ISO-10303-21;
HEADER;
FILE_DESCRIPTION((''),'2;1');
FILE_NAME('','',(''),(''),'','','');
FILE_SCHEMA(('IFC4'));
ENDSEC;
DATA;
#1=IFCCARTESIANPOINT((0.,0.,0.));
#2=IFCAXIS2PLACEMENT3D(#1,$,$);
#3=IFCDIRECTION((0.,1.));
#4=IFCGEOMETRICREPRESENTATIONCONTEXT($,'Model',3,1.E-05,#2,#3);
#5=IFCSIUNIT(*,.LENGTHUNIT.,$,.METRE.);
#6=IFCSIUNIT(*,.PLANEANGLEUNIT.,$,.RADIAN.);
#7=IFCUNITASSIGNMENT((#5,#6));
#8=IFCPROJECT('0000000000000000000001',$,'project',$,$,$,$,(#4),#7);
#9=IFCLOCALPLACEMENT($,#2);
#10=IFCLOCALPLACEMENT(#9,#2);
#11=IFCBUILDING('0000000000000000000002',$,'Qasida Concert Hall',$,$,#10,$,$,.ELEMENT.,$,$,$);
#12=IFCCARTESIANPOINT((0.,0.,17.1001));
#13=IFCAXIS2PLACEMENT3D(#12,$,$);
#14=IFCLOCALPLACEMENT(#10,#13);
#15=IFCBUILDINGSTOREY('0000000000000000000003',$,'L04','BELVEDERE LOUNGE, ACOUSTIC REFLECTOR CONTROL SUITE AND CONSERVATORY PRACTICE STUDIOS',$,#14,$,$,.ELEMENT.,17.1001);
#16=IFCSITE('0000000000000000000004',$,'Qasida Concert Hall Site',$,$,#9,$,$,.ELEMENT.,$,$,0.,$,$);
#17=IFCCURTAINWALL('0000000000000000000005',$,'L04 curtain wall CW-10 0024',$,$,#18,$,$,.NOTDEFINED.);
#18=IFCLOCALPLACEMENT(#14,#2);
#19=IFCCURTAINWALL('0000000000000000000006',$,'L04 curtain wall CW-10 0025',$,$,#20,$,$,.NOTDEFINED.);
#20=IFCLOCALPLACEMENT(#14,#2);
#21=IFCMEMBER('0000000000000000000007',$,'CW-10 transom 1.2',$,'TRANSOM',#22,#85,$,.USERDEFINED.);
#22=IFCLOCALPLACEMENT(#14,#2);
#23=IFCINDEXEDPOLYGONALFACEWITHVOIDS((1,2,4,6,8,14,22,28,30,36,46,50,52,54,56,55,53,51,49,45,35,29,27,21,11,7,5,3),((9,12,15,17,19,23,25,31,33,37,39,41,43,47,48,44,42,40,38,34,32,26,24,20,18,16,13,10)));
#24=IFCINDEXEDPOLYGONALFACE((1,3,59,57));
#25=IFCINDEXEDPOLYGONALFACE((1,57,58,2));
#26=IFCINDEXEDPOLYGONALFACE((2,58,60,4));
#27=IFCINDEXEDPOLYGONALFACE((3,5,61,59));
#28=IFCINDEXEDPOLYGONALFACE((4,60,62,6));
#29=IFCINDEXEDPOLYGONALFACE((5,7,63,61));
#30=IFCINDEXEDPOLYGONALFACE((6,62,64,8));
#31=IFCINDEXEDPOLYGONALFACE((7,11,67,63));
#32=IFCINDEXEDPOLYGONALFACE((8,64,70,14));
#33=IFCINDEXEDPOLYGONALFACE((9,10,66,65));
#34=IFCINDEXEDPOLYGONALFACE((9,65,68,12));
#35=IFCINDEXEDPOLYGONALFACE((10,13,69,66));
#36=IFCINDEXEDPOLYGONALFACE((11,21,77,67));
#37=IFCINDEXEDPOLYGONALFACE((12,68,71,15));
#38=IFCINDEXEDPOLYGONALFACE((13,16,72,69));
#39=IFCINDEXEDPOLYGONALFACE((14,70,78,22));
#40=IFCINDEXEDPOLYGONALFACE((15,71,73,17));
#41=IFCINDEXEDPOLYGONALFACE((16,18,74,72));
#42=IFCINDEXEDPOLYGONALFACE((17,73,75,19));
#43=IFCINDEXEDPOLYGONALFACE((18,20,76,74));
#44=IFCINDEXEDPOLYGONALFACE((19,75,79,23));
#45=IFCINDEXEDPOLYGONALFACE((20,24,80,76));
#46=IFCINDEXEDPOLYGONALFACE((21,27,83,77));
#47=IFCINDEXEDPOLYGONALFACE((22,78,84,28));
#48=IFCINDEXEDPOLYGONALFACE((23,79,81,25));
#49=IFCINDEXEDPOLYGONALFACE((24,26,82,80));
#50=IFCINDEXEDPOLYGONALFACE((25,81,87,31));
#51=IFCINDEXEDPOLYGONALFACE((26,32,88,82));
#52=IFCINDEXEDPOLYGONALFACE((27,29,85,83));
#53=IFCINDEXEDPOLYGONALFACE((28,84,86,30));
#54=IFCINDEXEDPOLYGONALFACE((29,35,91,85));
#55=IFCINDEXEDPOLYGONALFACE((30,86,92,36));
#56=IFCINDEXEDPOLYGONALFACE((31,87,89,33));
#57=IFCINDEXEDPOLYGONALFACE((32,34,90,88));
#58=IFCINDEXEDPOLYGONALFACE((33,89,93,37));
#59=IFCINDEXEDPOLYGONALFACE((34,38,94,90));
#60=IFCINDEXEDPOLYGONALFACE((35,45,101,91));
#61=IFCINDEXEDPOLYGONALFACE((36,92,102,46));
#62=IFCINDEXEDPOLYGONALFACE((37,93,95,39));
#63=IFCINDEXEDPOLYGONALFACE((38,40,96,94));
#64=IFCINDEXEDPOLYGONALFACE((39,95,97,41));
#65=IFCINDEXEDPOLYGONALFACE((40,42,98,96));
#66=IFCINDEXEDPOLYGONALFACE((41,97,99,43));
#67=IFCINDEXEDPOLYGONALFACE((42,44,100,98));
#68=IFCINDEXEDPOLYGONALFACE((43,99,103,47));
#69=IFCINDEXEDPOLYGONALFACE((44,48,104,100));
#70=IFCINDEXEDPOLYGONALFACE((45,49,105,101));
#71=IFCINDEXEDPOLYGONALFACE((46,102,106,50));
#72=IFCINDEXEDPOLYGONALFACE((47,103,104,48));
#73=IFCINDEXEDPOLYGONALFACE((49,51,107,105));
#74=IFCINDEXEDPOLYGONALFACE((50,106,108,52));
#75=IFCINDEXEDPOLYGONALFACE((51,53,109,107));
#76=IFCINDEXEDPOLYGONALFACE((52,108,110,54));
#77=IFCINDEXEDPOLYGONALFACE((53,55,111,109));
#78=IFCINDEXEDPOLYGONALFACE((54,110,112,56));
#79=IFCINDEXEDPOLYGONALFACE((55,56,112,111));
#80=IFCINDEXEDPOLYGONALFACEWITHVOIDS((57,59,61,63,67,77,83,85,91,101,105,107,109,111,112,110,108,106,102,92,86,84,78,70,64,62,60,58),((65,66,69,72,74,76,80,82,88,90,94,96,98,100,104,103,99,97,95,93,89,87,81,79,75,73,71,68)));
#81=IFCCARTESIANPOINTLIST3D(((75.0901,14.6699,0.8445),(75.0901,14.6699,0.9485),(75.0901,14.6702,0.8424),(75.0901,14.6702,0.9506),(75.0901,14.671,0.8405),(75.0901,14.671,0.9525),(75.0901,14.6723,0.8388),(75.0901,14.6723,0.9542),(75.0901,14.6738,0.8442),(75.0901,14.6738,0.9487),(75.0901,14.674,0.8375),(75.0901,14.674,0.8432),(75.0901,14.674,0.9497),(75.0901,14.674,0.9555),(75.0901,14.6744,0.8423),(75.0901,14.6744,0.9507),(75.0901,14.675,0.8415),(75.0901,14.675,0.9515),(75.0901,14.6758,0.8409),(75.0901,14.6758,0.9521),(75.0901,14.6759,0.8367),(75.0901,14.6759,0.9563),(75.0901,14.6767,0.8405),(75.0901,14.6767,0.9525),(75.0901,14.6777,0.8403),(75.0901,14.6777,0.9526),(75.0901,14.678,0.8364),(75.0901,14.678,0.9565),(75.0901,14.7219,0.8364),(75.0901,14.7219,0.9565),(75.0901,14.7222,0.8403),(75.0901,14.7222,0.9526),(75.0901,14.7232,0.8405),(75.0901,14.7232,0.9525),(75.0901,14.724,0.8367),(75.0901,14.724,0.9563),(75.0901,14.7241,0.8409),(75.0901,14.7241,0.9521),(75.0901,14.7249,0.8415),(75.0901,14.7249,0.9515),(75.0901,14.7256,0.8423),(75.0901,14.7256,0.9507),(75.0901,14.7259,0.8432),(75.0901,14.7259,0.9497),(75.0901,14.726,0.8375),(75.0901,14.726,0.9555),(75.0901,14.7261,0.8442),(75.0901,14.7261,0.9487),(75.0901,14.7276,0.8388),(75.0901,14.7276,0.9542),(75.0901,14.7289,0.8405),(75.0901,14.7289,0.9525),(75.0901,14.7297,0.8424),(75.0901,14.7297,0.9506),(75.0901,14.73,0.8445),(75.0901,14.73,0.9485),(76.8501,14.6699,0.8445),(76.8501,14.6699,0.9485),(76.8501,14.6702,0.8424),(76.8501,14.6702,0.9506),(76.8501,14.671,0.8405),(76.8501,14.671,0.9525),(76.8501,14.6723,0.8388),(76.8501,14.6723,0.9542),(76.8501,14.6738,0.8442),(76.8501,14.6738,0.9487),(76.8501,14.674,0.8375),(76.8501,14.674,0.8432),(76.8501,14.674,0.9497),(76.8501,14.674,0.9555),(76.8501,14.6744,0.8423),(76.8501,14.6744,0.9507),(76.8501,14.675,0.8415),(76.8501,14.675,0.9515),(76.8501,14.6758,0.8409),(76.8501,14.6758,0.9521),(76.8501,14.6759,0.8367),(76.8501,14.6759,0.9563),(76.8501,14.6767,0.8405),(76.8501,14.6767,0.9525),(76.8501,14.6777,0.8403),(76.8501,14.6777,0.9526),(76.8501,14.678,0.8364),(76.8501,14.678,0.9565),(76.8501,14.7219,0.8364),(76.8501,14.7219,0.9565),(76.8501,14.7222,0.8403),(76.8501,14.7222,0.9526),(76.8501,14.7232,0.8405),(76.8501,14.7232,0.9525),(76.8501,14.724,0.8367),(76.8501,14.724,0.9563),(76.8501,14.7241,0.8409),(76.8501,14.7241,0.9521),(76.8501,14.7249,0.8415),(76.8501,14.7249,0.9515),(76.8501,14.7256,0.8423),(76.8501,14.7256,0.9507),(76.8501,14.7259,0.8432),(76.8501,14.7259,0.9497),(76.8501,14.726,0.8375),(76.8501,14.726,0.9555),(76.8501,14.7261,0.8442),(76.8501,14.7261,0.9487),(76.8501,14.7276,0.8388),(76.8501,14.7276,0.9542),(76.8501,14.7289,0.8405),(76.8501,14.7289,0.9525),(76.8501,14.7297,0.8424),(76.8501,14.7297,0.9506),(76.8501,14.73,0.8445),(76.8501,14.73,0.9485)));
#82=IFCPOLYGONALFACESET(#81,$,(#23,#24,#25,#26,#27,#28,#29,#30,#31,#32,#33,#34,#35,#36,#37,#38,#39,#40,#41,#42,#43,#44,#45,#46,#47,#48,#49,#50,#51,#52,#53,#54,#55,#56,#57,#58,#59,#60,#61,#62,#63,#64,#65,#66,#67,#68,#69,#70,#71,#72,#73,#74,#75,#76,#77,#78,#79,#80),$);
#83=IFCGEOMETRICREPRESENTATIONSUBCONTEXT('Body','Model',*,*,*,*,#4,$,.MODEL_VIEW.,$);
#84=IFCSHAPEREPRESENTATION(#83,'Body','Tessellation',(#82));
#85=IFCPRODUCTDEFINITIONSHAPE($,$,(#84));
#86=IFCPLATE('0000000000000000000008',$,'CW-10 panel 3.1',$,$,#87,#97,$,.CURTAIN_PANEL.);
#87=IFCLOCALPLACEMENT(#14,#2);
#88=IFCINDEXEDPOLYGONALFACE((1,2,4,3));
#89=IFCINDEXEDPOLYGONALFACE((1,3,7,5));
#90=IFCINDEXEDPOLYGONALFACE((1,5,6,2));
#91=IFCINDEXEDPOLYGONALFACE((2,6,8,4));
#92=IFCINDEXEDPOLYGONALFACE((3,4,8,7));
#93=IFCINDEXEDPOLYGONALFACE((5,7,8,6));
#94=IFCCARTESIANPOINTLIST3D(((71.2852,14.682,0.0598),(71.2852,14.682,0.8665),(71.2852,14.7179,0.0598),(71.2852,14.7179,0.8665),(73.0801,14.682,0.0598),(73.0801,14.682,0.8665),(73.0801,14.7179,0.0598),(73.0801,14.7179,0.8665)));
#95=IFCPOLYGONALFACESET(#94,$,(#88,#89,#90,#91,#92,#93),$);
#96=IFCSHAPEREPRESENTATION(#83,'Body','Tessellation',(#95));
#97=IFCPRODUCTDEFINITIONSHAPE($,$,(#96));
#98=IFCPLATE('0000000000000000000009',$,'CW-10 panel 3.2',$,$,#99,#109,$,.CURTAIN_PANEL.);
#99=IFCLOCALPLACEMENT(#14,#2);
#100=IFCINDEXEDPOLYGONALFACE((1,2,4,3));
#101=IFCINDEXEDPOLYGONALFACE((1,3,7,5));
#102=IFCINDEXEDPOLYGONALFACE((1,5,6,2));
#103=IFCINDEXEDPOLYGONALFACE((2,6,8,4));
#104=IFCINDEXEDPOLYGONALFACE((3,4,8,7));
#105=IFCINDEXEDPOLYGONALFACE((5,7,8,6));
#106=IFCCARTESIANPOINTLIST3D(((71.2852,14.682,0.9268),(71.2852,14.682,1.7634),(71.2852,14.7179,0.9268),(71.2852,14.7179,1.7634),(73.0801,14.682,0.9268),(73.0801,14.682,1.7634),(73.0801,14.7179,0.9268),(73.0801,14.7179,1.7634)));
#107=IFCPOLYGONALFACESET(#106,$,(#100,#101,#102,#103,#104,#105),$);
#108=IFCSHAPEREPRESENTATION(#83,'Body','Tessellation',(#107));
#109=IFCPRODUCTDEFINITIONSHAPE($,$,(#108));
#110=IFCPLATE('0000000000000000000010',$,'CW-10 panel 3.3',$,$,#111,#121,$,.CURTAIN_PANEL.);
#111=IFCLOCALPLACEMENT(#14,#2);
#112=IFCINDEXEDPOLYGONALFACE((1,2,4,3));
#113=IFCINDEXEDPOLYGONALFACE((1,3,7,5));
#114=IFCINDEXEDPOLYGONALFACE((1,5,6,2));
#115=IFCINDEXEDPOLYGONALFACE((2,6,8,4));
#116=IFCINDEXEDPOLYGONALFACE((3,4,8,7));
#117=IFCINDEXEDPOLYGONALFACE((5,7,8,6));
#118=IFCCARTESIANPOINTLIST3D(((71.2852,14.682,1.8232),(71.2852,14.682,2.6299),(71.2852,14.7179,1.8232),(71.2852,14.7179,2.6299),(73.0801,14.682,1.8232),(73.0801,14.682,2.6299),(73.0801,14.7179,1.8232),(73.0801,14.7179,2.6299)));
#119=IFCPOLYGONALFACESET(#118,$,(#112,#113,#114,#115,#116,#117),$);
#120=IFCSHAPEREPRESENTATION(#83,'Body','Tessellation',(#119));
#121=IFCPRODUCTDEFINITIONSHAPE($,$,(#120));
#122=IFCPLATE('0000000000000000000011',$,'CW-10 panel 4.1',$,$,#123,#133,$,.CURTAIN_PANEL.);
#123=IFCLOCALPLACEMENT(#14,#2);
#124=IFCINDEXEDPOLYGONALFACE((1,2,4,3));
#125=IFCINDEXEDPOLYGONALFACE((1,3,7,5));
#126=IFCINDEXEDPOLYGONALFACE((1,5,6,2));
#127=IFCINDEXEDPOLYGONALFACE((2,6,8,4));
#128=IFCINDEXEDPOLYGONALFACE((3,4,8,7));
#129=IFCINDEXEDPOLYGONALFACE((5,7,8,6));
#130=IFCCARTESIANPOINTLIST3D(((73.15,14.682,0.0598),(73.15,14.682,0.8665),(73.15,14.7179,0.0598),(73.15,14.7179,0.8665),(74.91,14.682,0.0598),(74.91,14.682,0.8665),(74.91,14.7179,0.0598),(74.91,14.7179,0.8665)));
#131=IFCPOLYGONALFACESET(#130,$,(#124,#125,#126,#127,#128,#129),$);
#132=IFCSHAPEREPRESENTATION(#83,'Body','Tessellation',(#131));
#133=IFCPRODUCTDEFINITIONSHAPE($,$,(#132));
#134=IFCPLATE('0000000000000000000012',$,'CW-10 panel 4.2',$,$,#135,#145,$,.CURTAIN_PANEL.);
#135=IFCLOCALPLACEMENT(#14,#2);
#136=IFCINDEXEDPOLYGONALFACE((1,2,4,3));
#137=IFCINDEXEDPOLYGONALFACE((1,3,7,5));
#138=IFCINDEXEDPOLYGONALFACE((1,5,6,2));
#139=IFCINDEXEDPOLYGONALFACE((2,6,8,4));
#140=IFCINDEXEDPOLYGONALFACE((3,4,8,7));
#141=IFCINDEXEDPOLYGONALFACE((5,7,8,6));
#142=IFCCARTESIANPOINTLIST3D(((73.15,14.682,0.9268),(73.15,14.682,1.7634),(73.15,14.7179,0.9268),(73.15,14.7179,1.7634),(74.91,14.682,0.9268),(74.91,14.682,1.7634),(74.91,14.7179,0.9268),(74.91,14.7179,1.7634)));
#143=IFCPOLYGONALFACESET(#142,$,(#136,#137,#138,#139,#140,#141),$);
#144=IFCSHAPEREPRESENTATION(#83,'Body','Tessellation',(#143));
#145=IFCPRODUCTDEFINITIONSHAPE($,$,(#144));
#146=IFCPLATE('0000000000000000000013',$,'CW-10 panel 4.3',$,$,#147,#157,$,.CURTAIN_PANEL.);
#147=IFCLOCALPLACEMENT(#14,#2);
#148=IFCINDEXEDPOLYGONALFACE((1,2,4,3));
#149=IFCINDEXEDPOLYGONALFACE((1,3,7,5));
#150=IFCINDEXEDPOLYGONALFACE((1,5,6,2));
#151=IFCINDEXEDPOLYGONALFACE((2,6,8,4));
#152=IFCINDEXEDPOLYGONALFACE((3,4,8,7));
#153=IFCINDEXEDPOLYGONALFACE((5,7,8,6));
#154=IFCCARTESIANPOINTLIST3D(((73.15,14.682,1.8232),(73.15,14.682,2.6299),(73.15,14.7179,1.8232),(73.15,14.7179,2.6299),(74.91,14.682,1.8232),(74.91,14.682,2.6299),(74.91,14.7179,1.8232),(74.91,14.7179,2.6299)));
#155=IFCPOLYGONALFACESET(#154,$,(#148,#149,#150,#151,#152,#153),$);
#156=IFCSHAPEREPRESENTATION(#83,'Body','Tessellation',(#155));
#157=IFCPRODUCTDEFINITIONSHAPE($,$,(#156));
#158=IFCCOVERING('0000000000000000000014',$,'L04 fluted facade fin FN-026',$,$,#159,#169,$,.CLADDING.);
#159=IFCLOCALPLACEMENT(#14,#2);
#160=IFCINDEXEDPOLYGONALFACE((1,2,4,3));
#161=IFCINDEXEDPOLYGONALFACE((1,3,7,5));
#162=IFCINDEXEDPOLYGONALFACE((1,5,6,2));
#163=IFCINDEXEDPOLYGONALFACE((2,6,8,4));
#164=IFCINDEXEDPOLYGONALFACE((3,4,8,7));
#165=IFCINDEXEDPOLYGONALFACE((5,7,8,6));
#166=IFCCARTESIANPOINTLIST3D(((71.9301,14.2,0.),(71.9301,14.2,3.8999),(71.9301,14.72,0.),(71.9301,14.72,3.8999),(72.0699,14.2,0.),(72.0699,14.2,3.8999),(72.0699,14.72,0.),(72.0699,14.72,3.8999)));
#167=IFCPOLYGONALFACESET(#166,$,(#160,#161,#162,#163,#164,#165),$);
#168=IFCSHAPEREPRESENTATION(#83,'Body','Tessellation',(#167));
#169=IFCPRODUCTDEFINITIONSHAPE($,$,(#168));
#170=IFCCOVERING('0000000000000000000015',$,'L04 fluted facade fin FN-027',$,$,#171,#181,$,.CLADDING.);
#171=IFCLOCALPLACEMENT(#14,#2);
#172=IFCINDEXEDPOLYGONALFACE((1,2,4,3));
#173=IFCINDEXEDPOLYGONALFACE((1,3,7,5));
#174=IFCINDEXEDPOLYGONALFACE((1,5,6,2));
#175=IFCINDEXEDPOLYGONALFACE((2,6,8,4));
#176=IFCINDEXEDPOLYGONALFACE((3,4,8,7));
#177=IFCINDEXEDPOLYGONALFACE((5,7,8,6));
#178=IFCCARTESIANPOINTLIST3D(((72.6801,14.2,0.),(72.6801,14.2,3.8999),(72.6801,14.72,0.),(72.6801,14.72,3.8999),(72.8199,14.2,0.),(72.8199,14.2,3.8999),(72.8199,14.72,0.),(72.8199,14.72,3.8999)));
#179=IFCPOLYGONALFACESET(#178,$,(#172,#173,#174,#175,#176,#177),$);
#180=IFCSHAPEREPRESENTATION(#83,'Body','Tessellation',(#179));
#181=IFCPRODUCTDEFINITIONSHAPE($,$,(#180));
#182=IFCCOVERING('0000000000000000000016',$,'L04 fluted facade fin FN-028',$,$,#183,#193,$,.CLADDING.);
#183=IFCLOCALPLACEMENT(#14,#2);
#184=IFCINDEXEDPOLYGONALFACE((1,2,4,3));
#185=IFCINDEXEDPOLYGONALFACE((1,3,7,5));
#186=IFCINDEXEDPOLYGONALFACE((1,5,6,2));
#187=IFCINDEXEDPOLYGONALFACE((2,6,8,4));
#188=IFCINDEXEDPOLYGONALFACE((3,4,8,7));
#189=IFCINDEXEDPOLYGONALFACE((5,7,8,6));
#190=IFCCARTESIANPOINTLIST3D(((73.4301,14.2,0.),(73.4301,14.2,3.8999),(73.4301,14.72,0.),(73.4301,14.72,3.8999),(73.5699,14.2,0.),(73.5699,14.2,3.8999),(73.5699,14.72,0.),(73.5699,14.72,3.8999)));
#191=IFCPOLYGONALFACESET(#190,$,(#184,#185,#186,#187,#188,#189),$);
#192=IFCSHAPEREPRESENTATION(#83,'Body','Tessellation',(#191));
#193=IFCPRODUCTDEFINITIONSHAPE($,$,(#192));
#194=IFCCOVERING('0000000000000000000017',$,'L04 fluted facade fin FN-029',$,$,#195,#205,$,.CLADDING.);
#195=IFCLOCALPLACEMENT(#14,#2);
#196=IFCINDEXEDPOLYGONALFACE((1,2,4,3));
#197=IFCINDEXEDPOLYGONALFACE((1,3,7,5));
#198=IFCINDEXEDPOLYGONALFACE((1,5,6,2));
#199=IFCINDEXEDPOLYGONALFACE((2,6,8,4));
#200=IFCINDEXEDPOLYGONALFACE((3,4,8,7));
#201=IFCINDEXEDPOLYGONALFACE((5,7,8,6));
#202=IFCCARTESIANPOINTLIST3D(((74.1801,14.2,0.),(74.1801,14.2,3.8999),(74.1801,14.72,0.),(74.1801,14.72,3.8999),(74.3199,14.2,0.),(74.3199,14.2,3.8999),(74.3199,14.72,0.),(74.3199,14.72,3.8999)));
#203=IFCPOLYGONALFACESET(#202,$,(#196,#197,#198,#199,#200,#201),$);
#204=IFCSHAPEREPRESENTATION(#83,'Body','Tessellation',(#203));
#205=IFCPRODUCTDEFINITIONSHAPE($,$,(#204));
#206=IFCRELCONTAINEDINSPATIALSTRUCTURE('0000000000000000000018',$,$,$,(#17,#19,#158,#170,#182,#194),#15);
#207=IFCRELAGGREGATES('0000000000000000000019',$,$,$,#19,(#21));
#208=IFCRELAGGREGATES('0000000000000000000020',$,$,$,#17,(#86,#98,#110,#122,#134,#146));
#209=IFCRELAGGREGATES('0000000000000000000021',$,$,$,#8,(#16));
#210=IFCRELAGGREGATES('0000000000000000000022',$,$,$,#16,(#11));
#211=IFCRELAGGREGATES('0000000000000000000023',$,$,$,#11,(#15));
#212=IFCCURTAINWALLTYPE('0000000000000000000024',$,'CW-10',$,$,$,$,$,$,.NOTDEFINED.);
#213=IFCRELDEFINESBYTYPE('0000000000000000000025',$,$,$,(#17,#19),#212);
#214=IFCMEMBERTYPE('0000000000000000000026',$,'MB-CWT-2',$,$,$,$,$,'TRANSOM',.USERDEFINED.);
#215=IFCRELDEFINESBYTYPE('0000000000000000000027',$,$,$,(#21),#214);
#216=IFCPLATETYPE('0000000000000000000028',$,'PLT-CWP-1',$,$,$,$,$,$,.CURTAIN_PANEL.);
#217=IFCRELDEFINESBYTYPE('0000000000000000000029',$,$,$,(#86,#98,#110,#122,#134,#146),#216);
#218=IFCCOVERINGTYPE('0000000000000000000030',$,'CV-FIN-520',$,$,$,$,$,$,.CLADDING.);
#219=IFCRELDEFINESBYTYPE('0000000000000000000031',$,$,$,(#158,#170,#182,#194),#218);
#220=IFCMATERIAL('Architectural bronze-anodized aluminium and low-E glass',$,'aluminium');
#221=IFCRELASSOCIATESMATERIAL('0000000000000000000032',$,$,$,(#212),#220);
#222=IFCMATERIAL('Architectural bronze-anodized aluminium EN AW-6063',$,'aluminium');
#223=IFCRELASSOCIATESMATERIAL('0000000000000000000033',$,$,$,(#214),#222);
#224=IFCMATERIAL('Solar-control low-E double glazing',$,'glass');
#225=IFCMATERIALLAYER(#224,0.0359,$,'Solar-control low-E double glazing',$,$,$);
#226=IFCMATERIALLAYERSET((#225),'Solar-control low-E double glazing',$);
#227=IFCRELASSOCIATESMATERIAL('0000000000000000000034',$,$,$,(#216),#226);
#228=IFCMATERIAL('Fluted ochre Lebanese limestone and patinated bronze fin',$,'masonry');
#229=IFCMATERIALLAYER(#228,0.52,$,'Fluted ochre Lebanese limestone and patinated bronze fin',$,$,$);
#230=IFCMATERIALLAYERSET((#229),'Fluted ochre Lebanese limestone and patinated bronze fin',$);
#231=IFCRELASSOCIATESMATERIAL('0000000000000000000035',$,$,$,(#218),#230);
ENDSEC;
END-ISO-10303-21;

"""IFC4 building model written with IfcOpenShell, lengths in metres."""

from ifc_helpers import new_model, si_unit, direction, frame, origin, origin_2d, place, context, subcontext, project, spatial, rectangle, hollow_rectangle, extrude, material, layer, layer_set, material_profile, profile_set, type_object, element, aggregate, save


model = new_model("IFC4")

# Units and contexts
model_context = context("Model", 3, precision=1e-05, world=origin(), true_north=direction((0.0, 1.0)))
body_context = subcontext(model_context, "Body", "Model", "MODEL_VIEW")
ifc_project = project(units=[si_unit("LENGTHUNIT", "METRE"), si_unit("PLANEANGLEUNIT", "RADIAN")], contexts=[model_context])

# Site, building, storey
site_placement = place(None, origin())
site = spatial("IfcSite", under=ifc_project, at=site_placement, Name="Qasida Concert Hall Site", CompositionType="ELEMENT", RefElevation=0.0)
building_placement = place(site_placement, origin())
building = spatial("IfcBuilding", under=site, at=building_placement, Name="Qasida Concert Hall", CompositionType="ELEMENT")
storey_placement = place(building_placement, frame((0.0, 0.0, 17.1001)))
storey = spatial("IfcBuildingStorey", under=building, at=storey_placement, Name="L04", Description="BELVEDERE LOUNGE, ACOUSTIC REFLECTOR CONTROL SUITE AND CONSERVATORY PRACTICE STUDIOS", CompositionType="ELEMENT", Elevation=17.1001)

# Curtain wall
ifc_material_1 = material(Name="Architectural bronze-anodized aluminium and low-E glass", Category="aluminium")
curtain_wall_type = type_object("IfcCurtainWallType", Name="CW-10", PredefinedType="NOTDEFINED", material=ifc_material_1)
curtain_wall_1_placement = place(storey_placement, origin())
curtain_wall_1 = element("IfcCurtainWall", 1, at=curtain_wall_1_placement, inside=storey, type_object=curtain_wall_type, Name="L04 curtain wall CW-10 0024", PredefinedType="NOTDEFINED")
ifc_material_2 = material(Name="Architectural bronze-anodized aluminium EN AW-6063", Category="aluminium")

# Curtain wall
curtain_wall_2_placement = place(storey_placement, origin())
curtain_wall_2 = element("IfcCurtainWall", 2, at=curtain_wall_2_placement, inside=storey, type_object=curtain_wall_type, Name="L04 curtain wall CW-10 0025", PredefinedType="NOTDEFINED")

# Member
ifc_material_profile_1 = material_profile(ifc_material_2, hollow_rectangle(XDim=0.0601, YDim=0.1201, WallThickness=0.0039, InnerFilletRadius=0.0039, OuterFilletRadius=0.0081, at=origin_2d()), Name="CWT 120x60x4")
ifc_profile_set_1 = profile_set([ifc_material_profile_1], Name="Architectural bronze-anodized aluminium EN AW-6063")
member_type_1 = type_object("IfcMemberType", Name="MB-CWT-2", ElementType="TRANSOM", PredefinedType="USERDEFINED", material=ifc_profile_set_1)
member_1_placement = place(storey_placement, frame((75.0901, 14.7, 0.8965), z_axis=(1.0, 0.0, 0.0), x_axis=(0.0, 1.0, 0.0)))
member_1 = element("IfcMember", 3, at=member_1_placement, type_object=member_type_1, Name="CW-10 transom 1.2", ObjectType="TRANSOM", PredefinedType="USERDEFINED", context=body_context, shape_type="SweptSolid", body=[
    extrude(hollow_rectangle(XDim=0.0601, YDim=0.1201, WallThickness=0.0039, InnerFilletRadius=0.0039, OuterFilletRadius=0.0081, at=origin_2d()), origin(), (0.0, 0.0, 1.0), 1.76),
])
aggregate(curtain_wall_2, [member_1])

# Plates
ifc_material_3 = material(Name="Solar-control low-E double glazing", Category="glass")
ifc_layer_1 = layer(ifc_material_3, 0.0359, Name="Solar-control low-E double glazing")
ifc_layer_set_1 = layer_set([ifc_layer_1], Name="Solar-control low-E double glazing")
plate_type = type_object("IfcPlateType", Name="PLT-CWP-1", PredefinedType="CURTAIN_PANEL", material=ifc_layer_set_1)
plate_1_placement = place(storey_placement, frame((72.1826, 14.7, 0.0598), z_axis=(0.0, 0.0, 1.0), x_axis=(1.0, 0.0, 0.0)))
plate_1 = element("IfcPlate", 4, at=plate_1_placement, type_object=plate_type, Name="CW-10 panel 3.1", PredefinedType="CURTAIN_PANEL", context=body_context, shape_type="SweptSolid", body=[
    extrude(rectangle(XDim=1.7949, YDim=0.0359, at=origin_2d()), origin(), (0.0, 0.0, 1.0), 0.8066),
])
plate_2_placement = place(storey_placement, frame((72.1826, 14.7, 0.9268), z_axis=(0.0, 0.0, 1.0), x_axis=(1.0, 0.0, 0.0)))
plate_2 = element("IfcPlate", 5, at=plate_2_placement, type_object=plate_type, Name="CW-10 panel 3.2", PredefinedType="CURTAIN_PANEL", context=body_context, shape_type="SweptSolid", body=[
    extrude(rectangle(XDim=1.7949, YDim=0.0359, at=origin_2d()), origin(), (0.0, 0.0, 1.0), 0.8367),
])
plate_3_placement = place(storey_placement, frame((72.1826, 14.7, 1.8232), z_axis=(0.0, 0.0, 1.0), x_axis=(1.0, 0.0, 0.0)))
plate_3 = element("IfcPlate", 6, at=plate_3_placement, type_object=plate_type, Name="CW-10 panel 3.3", PredefinedType="CURTAIN_PANEL", context=body_context, shape_type="SweptSolid", body=[
    extrude(rectangle(XDim=1.7949, YDim=0.0359, at=origin_2d()), origin(), (0.0, 0.0, 1.0), 0.8066),
])
plate_4_placement = place(storey_placement, frame((74.03, 14.7, 0.0598), z_axis=(0.0, 0.0, 1.0), x_axis=(1.0, 0.0, 0.0)))
plate_4 = element("IfcPlate", 7, at=plate_4_placement, type_object=plate_type, Name="CW-10 panel 4.1", PredefinedType="CURTAIN_PANEL", context=body_context, shape_type="SweptSolid", body=[
    extrude(rectangle(XDim=1.76, YDim=0.0359, at=origin_2d()), origin(), (0.0, 0.0, 1.0), 0.8066),
])
plate_5_placement = place(storey_placement, frame((74.03, 14.7, 0.9268), z_axis=(0.0, 0.0, 1.0), x_axis=(1.0, 0.0, 0.0)))
plate_5 = element("IfcPlate", 8, at=plate_5_placement, type_object=plate_type, Name="CW-10 panel 4.2", PredefinedType="CURTAIN_PANEL", context=body_context, shape_type="SweptSolid", body=[
    extrude(rectangle(XDim=1.76, YDim=0.0359, at=origin_2d()), origin(), (0.0, 0.0, 1.0), 0.8367),
])
plate_6_placement = place(storey_placement, frame((74.03, 14.7, 1.8232), z_axis=(0.0, 0.0, 1.0), x_axis=(1.0, 0.0, 0.0)))
plate_6 = element("IfcPlate", 9, at=plate_6_placement, type_object=plate_type, Name="CW-10 panel 4.3", PredefinedType="CURTAIN_PANEL", context=body_context, shape_type="SweptSolid", body=[
    extrude(rectangle(XDim=1.76, YDim=0.0359, at=origin_2d()), origin(), (0.0, 0.0, 1.0), 0.8066),
])
aggregate(curtain_wall_1, [plate_1, plate_2, plate_3, plate_4, plate_5, plate_6])

# Coverings
ifc_material_4 = material(Name="Fluted ochre Lebanese limestone and patinated bronze fin", Category="masonry")
ifc_layer_2 = layer(ifc_material_4, 0.52, Name="Fluted ochre Lebanese limestone and patinated bronze fin")
ifc_layer_set_2 = layer_set([ifc_layer_2], Name="Fluted ochre Lebanese limestone and patinated bronze fin")
covering_type = type_object("IfcCoveringType", Name="CV-FIN-520", PredefinedType="CLADDING", material=ifc_layer_set_2)
for number, where, z_axis, x_axis, name in (
    (10, (72.0, 14.46, 0.0), (0.0, 0.0, 1.0), (1.0, 0.0, 0.0), "L04 fluted facade fin FN-026"),
    (11, (72.75, 14.46, 0.0), (0.0, 0.0, 1.0), (1.0, 0.0, 0.0), "L04 fluted facade fin FN-027"),
    (12, (73.5, 14.46, 0.0), (0.0, 0.0, 1.0), (1.0, 0.0, 0.0), "L04 fluted facade fin FN-028"),
    (13, (74.25, 14.46, 0.0), (0.0, 0.0, 1.0), (1.0, 0.0, 0.0), "L04 fluted facade fin FN-029"),
):
    element("IfcCovering", number, at=place(storey_placement, frame(where, z_axis=z_axis, x_axis=x_axis)), inside=storey, type_object=covering_type, Name=name, PredefinedType="CLADDING", context=body_context, shape_type="SweptSolid", body=[
        extrude(rectangle(XDim=0.1399, YDim=0.52, at=origin_2d()), origin(), (0.0, 0.0, 1.0), 3.8999),
    ])

save(model, "model.ifc")
